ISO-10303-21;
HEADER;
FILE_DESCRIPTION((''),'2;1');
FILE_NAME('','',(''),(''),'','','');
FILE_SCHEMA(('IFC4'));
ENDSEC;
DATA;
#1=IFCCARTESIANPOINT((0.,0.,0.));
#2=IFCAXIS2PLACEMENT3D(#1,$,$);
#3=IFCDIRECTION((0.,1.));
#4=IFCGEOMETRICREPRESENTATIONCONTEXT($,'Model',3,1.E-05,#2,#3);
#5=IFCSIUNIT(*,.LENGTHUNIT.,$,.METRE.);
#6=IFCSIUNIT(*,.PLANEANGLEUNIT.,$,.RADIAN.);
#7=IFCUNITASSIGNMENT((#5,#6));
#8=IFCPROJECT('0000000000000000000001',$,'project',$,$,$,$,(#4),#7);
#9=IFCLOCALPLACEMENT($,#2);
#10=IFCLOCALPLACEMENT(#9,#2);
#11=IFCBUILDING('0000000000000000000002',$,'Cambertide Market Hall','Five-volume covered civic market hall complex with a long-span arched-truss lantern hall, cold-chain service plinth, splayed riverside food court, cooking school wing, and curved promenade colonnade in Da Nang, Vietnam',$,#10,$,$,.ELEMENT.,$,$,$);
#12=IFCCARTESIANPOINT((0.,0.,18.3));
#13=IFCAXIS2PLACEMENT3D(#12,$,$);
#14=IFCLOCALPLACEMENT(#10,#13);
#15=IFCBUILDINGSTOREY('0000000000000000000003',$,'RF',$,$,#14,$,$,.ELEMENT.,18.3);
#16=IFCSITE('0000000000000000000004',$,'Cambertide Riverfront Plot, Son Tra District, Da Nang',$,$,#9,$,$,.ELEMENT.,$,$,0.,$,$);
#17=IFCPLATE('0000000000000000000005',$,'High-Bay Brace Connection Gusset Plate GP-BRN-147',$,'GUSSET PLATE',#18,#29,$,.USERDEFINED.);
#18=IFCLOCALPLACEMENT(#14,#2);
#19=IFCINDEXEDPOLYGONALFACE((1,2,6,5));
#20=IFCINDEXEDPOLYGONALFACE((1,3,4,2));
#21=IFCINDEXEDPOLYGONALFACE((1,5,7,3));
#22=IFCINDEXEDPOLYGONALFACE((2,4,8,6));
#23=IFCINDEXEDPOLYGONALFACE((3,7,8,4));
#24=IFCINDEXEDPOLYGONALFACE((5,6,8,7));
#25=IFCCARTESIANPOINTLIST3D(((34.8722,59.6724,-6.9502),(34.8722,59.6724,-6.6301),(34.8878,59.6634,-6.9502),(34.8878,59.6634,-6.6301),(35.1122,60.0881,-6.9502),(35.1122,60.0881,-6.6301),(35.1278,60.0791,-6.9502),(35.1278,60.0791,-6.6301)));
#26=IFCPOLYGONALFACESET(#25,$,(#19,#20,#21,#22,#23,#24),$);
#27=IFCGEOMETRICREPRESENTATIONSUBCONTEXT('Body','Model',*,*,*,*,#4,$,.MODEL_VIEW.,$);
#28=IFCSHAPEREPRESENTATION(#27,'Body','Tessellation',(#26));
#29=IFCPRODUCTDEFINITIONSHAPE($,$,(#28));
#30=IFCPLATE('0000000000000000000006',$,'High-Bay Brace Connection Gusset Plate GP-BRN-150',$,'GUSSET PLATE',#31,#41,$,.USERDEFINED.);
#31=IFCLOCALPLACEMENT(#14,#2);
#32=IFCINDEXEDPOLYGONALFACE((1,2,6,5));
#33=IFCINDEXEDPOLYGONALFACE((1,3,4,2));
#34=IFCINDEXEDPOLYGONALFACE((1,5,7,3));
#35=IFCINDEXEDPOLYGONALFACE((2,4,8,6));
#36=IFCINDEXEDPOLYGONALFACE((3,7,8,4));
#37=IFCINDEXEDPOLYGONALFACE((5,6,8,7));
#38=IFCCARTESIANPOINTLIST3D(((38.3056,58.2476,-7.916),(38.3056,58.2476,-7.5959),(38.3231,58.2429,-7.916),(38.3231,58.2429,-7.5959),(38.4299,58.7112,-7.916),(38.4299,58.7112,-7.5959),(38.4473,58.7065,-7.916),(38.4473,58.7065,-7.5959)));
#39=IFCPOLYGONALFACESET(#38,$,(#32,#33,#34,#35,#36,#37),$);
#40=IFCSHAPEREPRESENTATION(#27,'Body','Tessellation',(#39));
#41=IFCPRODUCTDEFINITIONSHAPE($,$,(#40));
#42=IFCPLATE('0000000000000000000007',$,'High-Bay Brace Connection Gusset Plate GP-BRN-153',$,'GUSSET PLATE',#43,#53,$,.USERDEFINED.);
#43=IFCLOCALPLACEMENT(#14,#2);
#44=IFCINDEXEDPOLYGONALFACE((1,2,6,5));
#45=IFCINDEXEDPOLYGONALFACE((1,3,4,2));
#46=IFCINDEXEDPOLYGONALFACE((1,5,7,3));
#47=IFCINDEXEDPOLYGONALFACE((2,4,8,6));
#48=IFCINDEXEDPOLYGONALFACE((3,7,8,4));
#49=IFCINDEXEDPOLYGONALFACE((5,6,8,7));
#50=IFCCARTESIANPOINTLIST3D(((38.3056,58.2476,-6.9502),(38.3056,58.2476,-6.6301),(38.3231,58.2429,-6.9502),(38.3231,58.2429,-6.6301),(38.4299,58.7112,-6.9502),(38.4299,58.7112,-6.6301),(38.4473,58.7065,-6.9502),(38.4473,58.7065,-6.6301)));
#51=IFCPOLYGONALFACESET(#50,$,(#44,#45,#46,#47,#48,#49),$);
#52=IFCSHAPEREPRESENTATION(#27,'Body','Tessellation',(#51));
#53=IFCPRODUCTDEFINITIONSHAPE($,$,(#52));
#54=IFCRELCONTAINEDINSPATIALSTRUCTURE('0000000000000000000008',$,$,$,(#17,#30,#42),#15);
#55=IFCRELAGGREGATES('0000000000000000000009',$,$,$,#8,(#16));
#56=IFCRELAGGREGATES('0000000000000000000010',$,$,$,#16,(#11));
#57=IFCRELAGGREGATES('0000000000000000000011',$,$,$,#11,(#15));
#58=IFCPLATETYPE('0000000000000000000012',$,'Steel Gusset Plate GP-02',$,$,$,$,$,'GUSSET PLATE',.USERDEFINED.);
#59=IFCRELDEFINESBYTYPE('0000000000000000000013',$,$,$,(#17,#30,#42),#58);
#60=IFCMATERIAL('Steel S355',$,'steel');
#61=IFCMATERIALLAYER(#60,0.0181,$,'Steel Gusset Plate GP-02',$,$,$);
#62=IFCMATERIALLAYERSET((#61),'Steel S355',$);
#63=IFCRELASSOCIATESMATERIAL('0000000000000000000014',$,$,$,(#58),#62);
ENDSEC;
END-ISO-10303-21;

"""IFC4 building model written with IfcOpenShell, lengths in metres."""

from ifc_helpers import new_model, si_unit, direction, frame, origin, origin_2d, place, context, subcontext, project, spatial, rectangle, extrude, material, layer, layer_set, type_object, element, save


model = new_model("IFC4")

# Units and contexts
model_context = context("Model", 3, precision=1e-05, world=origin(), true_north=direction((0.0, 1.0)))
body_context = subcontext(model_context, "Body", "Model", "MODEL_VIEW")
ifc_project = project(units=[si_unit("LENGTHUNIT", "METRE"), si_unit("PLANEANGLEUNIT", "RADIAN")], contexts=[model_context])

# Site, building, storey
site_placement = place(None, origin())
site = spatial("IfcSite", under=ifc_project, at=site_placement, Name="Cambertide Riverfront Plot, Son Tra District, Da Nang", CompositionType="ELEMENT", RefElevation=0.0)
building_placement = place(site_placement, origin())
building = spatial("IfcBuilding", under=site, at=building_placement, Name="Cambertide Market Hall", Description="Five-volume covered civic market hall complex with a long-span arched-truss lantern hall, cold-chain service plinth, splayed riverside food court, cooking school wing, and curved promenade colonnade in Da Nang, Vietnam", CompositionType="ELEMENT")
storey_placement = place(building_placement, frame((0.0, 0.0, 18.3)))
storey = spatial("IfcBuildingStorey", under=building, at=storey_placement, Name="RF", CompositionType="ELEMENT", Elevation=18.3)

# Plates
ifc_material_1 = material(Name="Steel S355", Category="steel")
ifc_layer = layer(ifc_material_1, 0.0181, Name="Steel Gusset Plate GP-02")
ifc_layer_set = layer_set([ifc_layer], Name="Steel S355")
plate_type = type_object("IfcPlateType", Name="Steel Gusset Plate GP-02", ElementType="GUSSET PLATE", PredefinedType="USERDEFINED", material=ifc_layer_set)
for number, where, z_axis, x_axis, name in (
    (1, (35.0, 59.8757, -6.9502), (0.0, 0.0, 1.0), (0.5, 0.866025, 0.0), "High-Bay Brace Connection Gusset Plate GP-BRN-147"),
    (2, (38.3765, 58.4771, -7.916), (0.0, 0.0, 1.0), (0.258819, 0.965926, 0.0), "High-Bay Brace Connection Gusset Plate GP-BRN-150"),
    (3, (38.3765, 58.4771, -6.9502), (0.0, 0.0, 1.0), (0.258819, 0.965926, 0.0), "High-Bay Brace Connection Gusset Plate GP-BRN-153"),
):
    element("IfcPlate", number, at=place(storey_placement, frame(where, z_axis=z_axis, x_axis=x_axis)), inside=storey, type_object=plate_type, Name=name, ObjectType="GUSSET PLATE", PredefinedType="USERDEFINED", context=body_context, shape_type="SweptSolid", body=[
        extrude(rectangle(XDim=0.48, YDim=0.0181, at=origin_2d()), origin(), (0.0, 0.0, 1.0), 0.3201),
    ])

save(model, "model.ifc")
